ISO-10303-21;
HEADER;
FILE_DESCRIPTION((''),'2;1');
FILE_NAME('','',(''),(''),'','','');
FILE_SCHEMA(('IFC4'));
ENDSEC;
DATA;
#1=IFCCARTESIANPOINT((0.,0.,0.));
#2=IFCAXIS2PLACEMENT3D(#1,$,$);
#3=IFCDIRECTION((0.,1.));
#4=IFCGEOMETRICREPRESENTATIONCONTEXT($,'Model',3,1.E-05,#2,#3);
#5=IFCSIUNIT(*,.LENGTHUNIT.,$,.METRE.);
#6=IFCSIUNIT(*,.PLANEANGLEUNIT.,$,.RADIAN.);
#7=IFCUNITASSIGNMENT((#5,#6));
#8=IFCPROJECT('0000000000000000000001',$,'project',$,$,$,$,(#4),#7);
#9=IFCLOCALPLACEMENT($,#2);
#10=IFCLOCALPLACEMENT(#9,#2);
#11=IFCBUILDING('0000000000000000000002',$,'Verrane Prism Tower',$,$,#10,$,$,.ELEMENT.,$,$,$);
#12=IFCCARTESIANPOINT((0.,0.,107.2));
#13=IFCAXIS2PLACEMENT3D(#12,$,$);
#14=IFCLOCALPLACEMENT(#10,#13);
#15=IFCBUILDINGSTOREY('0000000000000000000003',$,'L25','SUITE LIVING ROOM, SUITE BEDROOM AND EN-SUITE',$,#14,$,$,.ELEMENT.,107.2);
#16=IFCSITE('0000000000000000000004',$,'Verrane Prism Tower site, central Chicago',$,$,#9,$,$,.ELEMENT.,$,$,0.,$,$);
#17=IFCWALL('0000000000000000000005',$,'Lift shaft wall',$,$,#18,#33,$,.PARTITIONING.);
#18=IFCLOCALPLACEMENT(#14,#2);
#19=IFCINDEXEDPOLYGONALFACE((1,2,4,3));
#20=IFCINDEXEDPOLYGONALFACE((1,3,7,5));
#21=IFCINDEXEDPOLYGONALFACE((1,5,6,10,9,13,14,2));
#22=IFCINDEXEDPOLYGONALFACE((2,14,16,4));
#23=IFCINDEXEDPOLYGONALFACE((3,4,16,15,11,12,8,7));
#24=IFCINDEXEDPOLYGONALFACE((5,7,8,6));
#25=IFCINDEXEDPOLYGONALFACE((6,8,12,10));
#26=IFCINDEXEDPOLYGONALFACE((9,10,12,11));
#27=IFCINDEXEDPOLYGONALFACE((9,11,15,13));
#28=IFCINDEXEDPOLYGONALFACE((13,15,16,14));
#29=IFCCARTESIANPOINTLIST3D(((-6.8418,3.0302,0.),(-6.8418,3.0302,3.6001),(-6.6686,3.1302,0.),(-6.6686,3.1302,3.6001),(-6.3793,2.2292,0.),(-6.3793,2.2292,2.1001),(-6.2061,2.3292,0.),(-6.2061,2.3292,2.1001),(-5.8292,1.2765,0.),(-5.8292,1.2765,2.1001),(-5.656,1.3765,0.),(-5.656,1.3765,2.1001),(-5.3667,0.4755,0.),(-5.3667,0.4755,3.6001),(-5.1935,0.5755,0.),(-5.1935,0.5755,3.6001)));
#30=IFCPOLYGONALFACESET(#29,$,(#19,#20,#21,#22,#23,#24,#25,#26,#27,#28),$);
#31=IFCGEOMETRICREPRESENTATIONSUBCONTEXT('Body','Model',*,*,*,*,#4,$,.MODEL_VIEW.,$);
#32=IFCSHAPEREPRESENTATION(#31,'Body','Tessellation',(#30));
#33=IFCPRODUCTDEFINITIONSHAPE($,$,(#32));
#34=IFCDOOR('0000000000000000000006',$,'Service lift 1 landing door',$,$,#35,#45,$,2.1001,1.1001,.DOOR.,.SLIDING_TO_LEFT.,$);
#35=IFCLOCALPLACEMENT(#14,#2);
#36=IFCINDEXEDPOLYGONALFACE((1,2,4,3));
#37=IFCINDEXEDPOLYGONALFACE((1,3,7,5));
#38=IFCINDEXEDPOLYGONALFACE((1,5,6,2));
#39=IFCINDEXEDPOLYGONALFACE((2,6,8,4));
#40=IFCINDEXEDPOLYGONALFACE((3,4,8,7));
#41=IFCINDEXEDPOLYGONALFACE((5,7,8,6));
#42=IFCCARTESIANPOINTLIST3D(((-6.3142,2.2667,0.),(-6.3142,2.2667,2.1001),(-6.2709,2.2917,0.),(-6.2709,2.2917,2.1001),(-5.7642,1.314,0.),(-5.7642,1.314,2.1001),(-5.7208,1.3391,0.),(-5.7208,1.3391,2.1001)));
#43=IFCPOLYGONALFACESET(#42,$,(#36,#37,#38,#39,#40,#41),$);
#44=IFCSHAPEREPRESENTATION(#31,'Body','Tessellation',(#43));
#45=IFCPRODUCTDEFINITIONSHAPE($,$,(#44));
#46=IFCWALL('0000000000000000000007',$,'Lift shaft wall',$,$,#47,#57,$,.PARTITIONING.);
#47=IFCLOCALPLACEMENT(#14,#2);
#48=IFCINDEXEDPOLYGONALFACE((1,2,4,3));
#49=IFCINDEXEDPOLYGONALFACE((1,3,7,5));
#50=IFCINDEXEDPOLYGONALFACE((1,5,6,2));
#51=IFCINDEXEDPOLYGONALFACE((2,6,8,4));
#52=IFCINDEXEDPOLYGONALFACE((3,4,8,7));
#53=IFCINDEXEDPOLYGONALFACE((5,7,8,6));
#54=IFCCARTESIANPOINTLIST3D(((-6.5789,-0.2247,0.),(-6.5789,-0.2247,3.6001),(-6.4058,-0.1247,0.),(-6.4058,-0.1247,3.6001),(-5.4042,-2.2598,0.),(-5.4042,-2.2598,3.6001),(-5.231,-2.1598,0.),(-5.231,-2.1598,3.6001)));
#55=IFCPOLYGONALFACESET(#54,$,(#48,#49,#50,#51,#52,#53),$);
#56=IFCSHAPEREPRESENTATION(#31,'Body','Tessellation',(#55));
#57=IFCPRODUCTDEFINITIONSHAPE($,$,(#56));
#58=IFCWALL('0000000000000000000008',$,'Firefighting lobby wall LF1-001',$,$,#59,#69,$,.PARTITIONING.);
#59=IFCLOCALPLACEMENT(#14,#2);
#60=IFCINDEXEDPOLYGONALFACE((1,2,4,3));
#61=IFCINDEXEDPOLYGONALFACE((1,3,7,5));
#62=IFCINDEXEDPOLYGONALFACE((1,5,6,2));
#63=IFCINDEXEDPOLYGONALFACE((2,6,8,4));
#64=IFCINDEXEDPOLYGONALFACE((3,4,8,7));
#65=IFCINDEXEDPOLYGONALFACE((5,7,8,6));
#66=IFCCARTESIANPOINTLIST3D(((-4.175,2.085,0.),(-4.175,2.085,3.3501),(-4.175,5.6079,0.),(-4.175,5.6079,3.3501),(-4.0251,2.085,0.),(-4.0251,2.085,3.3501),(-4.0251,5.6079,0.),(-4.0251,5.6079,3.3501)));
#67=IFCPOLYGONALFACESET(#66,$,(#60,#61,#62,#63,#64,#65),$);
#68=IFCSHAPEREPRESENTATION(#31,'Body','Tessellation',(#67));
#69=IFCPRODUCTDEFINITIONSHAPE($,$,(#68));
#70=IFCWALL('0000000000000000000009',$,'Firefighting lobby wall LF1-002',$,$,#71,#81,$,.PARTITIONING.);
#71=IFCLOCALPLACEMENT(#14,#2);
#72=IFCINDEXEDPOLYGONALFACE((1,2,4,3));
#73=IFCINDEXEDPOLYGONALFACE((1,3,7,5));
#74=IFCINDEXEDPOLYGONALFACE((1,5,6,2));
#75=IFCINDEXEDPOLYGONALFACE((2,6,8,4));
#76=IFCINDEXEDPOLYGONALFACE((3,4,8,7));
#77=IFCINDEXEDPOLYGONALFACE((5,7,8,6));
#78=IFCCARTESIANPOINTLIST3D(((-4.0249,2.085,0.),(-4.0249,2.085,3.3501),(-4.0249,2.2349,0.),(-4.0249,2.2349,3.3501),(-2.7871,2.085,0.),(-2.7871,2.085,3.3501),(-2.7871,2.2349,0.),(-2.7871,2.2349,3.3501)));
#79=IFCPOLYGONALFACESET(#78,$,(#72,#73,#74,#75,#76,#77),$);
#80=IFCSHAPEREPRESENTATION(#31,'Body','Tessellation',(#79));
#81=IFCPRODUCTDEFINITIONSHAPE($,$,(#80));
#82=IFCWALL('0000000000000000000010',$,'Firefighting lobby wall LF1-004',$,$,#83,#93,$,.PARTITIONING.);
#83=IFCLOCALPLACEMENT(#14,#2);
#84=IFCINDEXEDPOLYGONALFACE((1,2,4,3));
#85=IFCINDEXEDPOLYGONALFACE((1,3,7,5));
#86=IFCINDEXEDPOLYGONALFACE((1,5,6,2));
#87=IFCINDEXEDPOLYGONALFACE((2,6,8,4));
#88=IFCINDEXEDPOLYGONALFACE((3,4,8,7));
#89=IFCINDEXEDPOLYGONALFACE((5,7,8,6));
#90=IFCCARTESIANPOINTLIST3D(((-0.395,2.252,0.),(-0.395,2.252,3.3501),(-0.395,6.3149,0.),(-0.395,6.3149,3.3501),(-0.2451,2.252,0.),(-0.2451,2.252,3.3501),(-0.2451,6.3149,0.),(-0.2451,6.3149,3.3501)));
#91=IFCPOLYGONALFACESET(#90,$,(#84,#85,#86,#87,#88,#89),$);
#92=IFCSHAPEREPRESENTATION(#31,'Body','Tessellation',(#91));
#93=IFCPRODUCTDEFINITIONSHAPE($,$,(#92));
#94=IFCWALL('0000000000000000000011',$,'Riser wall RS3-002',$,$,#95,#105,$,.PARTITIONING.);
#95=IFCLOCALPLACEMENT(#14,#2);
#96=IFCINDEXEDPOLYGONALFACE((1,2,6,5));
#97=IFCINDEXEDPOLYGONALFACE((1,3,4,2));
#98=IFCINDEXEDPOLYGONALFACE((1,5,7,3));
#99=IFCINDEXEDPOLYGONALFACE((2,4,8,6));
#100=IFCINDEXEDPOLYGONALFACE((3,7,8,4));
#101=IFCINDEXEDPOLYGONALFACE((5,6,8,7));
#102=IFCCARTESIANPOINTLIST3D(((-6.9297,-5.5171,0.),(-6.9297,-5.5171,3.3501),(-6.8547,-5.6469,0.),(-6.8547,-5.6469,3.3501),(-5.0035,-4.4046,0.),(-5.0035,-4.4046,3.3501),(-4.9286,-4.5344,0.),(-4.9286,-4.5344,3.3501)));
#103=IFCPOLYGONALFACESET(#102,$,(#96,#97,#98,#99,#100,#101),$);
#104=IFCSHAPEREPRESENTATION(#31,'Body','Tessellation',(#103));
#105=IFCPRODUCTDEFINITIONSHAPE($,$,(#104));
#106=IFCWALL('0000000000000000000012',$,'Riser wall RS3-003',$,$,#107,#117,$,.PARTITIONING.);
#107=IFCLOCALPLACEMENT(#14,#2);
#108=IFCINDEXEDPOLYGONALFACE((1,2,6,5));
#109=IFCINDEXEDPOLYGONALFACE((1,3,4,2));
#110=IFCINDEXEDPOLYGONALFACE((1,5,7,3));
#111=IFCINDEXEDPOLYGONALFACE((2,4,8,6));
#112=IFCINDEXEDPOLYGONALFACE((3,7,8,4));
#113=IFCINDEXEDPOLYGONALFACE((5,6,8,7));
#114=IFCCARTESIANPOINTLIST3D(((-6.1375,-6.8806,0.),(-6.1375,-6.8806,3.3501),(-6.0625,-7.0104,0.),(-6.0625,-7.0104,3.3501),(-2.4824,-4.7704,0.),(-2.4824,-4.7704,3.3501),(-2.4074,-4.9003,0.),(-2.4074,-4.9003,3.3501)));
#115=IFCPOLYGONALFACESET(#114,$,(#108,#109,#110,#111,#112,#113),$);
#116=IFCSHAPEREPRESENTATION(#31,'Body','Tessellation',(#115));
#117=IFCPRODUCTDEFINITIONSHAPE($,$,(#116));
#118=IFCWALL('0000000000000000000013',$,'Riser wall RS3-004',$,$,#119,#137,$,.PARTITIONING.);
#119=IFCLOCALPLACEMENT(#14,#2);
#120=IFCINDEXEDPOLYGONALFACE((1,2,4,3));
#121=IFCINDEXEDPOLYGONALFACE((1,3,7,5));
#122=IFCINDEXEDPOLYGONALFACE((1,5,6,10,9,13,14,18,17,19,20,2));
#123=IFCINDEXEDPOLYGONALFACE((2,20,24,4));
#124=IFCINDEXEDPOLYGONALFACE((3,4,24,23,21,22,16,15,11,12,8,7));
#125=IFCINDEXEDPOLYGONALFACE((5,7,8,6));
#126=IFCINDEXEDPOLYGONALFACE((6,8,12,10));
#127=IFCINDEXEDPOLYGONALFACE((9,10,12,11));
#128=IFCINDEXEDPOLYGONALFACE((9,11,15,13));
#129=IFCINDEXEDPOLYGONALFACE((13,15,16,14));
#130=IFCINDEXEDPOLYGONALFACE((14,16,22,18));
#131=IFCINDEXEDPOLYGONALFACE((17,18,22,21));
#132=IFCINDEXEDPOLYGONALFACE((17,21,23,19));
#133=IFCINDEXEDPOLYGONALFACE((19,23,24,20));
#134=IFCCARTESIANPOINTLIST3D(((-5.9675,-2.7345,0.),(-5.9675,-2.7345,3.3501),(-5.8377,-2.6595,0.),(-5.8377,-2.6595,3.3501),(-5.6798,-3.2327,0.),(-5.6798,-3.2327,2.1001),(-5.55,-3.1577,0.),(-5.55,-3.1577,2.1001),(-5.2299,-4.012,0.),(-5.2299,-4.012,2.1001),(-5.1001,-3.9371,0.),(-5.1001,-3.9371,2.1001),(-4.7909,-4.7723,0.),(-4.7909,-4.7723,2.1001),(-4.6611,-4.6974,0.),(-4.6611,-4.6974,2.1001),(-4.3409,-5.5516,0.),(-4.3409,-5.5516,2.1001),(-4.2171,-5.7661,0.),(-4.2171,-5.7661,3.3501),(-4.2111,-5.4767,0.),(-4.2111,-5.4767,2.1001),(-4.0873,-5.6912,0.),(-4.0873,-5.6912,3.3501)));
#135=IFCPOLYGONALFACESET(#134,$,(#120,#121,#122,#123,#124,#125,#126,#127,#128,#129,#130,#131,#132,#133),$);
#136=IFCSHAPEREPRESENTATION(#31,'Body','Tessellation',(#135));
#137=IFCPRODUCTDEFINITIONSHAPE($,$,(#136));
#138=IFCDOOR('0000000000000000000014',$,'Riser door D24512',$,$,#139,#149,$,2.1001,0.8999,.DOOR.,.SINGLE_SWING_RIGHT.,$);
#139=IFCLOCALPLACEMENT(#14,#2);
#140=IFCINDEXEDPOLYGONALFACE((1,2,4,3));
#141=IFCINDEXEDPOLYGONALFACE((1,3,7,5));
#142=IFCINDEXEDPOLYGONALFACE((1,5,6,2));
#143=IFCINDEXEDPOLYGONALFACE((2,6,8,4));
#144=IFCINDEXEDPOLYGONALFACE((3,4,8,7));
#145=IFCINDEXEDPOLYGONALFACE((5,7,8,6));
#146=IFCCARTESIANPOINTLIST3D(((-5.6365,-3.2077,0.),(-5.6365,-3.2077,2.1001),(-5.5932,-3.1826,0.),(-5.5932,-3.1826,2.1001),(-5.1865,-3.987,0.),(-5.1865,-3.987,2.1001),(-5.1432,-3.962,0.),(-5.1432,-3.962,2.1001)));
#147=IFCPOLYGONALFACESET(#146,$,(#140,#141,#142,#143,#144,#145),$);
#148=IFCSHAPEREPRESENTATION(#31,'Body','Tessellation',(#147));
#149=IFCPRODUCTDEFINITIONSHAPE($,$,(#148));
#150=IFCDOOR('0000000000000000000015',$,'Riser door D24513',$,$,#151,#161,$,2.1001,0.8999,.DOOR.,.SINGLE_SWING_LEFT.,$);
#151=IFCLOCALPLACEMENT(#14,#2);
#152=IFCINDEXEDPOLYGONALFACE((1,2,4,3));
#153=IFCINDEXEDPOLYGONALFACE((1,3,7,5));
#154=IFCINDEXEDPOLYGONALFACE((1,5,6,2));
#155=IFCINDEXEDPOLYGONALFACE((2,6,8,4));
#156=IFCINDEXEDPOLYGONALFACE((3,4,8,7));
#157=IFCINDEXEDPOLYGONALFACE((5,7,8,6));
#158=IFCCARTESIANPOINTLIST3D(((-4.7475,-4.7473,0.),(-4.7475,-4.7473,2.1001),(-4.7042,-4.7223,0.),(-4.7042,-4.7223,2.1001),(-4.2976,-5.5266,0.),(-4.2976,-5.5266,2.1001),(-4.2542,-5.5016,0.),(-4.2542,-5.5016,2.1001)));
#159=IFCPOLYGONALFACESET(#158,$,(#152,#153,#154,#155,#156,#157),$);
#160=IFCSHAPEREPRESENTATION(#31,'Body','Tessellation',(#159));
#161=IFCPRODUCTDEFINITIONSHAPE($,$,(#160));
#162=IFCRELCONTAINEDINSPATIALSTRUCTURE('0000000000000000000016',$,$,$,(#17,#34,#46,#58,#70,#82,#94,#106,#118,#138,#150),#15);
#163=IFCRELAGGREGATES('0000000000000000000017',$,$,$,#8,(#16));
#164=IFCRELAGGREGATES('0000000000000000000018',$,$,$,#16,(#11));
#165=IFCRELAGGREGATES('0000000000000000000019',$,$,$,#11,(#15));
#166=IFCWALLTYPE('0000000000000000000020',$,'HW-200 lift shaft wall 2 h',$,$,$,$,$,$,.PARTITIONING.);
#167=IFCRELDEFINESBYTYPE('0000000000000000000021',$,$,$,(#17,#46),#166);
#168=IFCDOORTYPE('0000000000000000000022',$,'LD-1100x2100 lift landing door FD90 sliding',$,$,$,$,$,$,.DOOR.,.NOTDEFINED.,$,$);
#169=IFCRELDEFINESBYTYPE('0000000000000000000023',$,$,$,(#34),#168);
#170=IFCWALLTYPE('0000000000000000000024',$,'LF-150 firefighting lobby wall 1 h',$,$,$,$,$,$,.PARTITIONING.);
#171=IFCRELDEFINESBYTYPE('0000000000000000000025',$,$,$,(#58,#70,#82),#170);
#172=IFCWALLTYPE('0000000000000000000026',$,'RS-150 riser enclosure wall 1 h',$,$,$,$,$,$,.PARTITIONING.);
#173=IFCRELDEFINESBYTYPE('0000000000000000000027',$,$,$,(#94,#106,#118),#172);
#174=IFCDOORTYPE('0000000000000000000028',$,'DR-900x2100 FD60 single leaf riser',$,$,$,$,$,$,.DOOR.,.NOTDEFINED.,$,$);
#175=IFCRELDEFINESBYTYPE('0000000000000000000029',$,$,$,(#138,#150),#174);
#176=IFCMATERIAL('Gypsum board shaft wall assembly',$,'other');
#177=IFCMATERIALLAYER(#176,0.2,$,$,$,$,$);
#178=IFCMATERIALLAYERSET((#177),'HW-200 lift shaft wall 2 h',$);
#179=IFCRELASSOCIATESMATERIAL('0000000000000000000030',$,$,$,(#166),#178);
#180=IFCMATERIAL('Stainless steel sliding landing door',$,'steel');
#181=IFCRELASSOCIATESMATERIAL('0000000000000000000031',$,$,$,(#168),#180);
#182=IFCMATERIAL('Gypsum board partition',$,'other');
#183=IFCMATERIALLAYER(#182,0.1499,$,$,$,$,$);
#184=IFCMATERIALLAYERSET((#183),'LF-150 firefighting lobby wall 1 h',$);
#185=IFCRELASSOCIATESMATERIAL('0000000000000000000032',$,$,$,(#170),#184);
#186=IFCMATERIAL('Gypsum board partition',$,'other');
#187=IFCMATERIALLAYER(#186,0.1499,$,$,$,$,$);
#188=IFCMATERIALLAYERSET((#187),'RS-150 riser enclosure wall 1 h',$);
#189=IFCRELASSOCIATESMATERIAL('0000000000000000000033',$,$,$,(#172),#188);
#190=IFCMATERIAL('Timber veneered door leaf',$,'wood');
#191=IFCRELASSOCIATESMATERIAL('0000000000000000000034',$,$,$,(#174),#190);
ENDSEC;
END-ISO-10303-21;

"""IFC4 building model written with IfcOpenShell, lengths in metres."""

from ifc_helpers import new_model, si_unit, direction, frame, frame_2d, origin, place, context, subcontext, project, spatial, rectangle, extrude, material, layer, layer_set, type_object, element, fill, save


model = new_model("IFC4")

# Units and contexts
model_context = context("Model", 3, precision=1e-05, world=origin(), true_north=direction((0.0, 1.0)))
body_context = subcontext(model_context, "Body", "Model", "MODEL_VIEW")
ifc_project = project(units=[si_unit("LENGTHUNIT", "METRE"), si_unit("PLANEANGLEUNIT", "RADIAN")], contexts=[model_context])

# Site, building, storey
site_placement = place(None, origin())
site = spatial("IfcSite", under=ifc_project, at=site_placement, Name="Verrane Prism Tower site, central Chicago", CompositionType="ELEMENT", RefElevation=0.0)
building_placement = place(site_placement, origin())
building = spatial("IfcBuilding", under=site, at=building_placement, Name="Verrane Prism Tower", CompositionType="ELEMENT")
storey_placement = place(building_placement, frame((0.0, 0.0, 107.2)))
storey = spatial("IfcBuildingStorey", under=building, at=storey_placement, Name="L25", Description="SUITE LIVING ROOM, SUITE BEDROOM AND EN-SUITE", CompositionType="ELEMENT", Elevation=107.2)

# Shared definitions
ifc_material_1 = material(Name="Gypsum board shaft wall assembly", Category="other")
ifc_layer_1 = layer(ifc_material_1, 0.2)
ifc_layer_set_1 = layer_set([ifc_layer_1], Name="HW-200 lift shaft wall 2 h")
wall_type_1 = type_object("IfcWallType", Name="HW-200 lift shaft wall 2 h", PredefinedType="PARTITIONING", material=ifc_layer_set_1)
ifc_material_2 = material(Name="Stainless steel sliding landing door", Category="steel")
door_type_1 = type_object("IfcDoorType", Name="LD-1100x2100 lift landing door FD90 sliding", OperationType="NOTDEFINED", PredefinedType="DOOR", material=ifc_material_2)

# Wall, opening, door
wall_1_placement = place(storey_placement, frame((-5.28, 0.5254, 0.0), z_axis=(0.0, 0.0, 1.0), x_axis=(-0.500038, 0.866004, 0.0)))
wall_1 = element("IfcWall", 1, at=wall_1_placement, inside=storey, type_object=wall_type_1, Name="Lift shaft wall", PredefinedType="PARTITIONING", context=body_context, shape_type="SweptSolid", body=[
    extrude(rectangle(XDim=2.95, YDim=0.2, at=frame_2d((1.4751, 0.0))), origin(), (0.0, 0.0, 1.0), 3.6001),
])
opening_1_placement = place(wall_1_placement, frame((0.925, 0.0, 0.0)))
opening_1 = element("IfcOpeningElement", 2, at=opening_1_placement, cuts=wall_1, PredefinedType="OPENING", context=body_context, shape_type="SweptSolid", body=[
    extrude(rectangle(XDim=1.1001, YDim=2.1001, at=frame_2d((0.55, 1.05))), frame((0.0, 0.1099, 0.0), z_axis=(0.0, -1.0, 0.0), x_axis=(1.0, 0.0, 0.0)), (0.0, 0.0, 1.0), 0.22),
])
door_1_placement = place(opening_1_placement, origin())
door_1 = element("IfcDoor", 3, at=door_1_placement, inside=storey, type_object=door_type_1, Name="Service lift 1 landing door", OperationType="SLIDING_TO_LEFT", OverallHeight=2.1001, OverallWidth=1.1001, PredefinedType="DOOR", context=body_context, shape_type="SweptSolid", body=[
    extrude(rectangle(XDim=1.1001, YDim=2.1001, at=frame_2d((0.55, 1.05))), frame((0.0, 0.0249, 0.0), z_axis=(0.0, -1.0, 0.0), x_axis=(1.0, 0.0, 0.0)), (0.0, 0.0, 1.0), 0.05),
])
fill(opening_1, door_1)

# Walls
wall_2_placement = place(storey_placement, frame((-5.3176, -2.2097, 0.0), z_axis=(0.0, 0.0, 1.0), x_axis=(-0.499938, 0.866061, 0.0)))
element("IfcWall", 4, at=wall_2_placement, inside=storey, type_object=wall_type_1, Name="Lift shaft wall", PredefinedType="PARTITIONING", context=body_context, shape_type="SweptSolid", body=[
    extrude(rectangle(XDim=2.3499, YDim=0.2, at=frame_2d((1.1748, 0.0))), origin(), (0.0, 0.0, 1.0), 3.6001),
])
ifc_material_3 = material(Name="Gypsum board partition", Category="other")
ifc_layer_2 = layer(ifc_material_3, 0.1499)
ifc_layer_set_2 = layer_set([ifc_layer_2], Name="LF-150 firefighting lobby wall 1 h")
wall_type_2 = type_object("IfcWallType", Name="LF-150 firefighting lobby wall 1 h", PredefinedType="PARTITIONING", material=ifc_layer_set_2)
wall_3_placement = place(storey_placement, frame((-4.1001, 2.085, 0.0), z_axis=(0.0, 0.0, 1.0), x_axis=(0.0, 1.0, 0.0)))
element("IfcWall", 5, at=wall_3_placement, inside=storey, type_object=wall_type_2, Name="Firefighting lobby wall LF1-001", PredefinedType="PARTITIONING", context=body_context, shape_type="SweptSolid", body=[
    extrude(rectangle(XDim=3.5229, YDim=0.1499, at=frame_2d((1.7615, 0.0))), origin(), (0.0, 0.0, 1.0), 3.3501),
])
wall_4_placement = place(storey_placement, frame((-4.0249, 2.1599, 0.0), z_axis=(0.0, 0.0, 1.0), x_axis=(1.0, 0.0, 0.0)))
element("IfcWall", 6, at=wall_4_placement, inside=storey, type_object=wall_type_2, Name="Firefighting lobby wall LF1-002", PredefinedType="PARTITIONING", context=body_context, shape_type="SweptSolid", body=[
    extrude(rectangle(XDim=1.2378, YDim=0.1499, at=frame_2d((0.6189, 0.0))), origin(), (0.0, 0.0, 1.0), 3.3501),
])
wall_5_placement = place(storey_placement, frame((-0.3201, 2.252, 0.0), z_axis=(0.0, 0.0, 1.0), x_axis=(0.0, 1.0, 0.0)))
element("IfcWall", 7, at=wall_5_placement, inside=storey, type_object=wall_type_2, Name="Firefighting lobby wall LF1-004", PredefinedType="PARTITIONING", context=body_context, shape_type="SweptSolid", body=[
    extrude(rectangle(XDim=4.063, YDim=0.1499, at=frame_2d((2.0315, 0.0))), origin(), (0.0, 0.0, 1.0), 3.3501),
])
ifc_material_4 = material(Name="Gypsum board partition", Category="other")
ifc_layer_3 = layer(ifc_material_4, 0.1499)
ifc_layer_set_3 = layer_set([ifc_layer_3], Name="RS-150 riser enclosure wall 1 h")
wall_type_3 = type_object("IfcWallType", Name="RS-150 riser enclosure wall 1 h", PredefinedType="PARTITIONING", material=ifc_layer_set_3)
wall_6_placement = place(storey_placement, frame((-6.8923, -5.582, 0.0), z_axis=(0.0, 0.0, 1.0), x_axis=(0.865944, 0.50014, 0.0)))
element("IfcWall", 8, at=wall_6_placement, inside=storey, type_object=wall_type_3, Name="Riser wall RS3-002", PredefinedType="PARTITIONING", context=body_context, shape_type="SweptSolid", body=[
    extrude(rectangle(XDim=2.2244, YDim=0.1499, at=frame_2d((1.1123, 0.0))), origin(), (0.0, 0.0, 1.0), 3.3501),
])
wall_7_placement = place(storey_placement, frame((-6.1001, -6.9456, 0.0), z_axis=(0.0, 0.0, 1.0), x_axis=(0.866038, 0.499978, 0.0)))
element("IfcWall", 9, at=wall_7_placement, inside=storey, type_object=wall_type_3, Name="Riser wall RS3-003", PredefinedType="PARTITIONING", context=body_context, shape_type="SweptSolid", body=[
    extrude(rectangle(XDim=4.2205, YDim=0.1499, at=frame_2d((2.1104, 0.0))), origin(), (0.0, 0.0, 1.0), 3.3501),
])

# Wall, openings, doors
wall_8_placement = place(storey_placement, frame((-4.1521, -5.7288, 0.0), z_axis=(0.0, 0.0, 1.0), x_axis=(-0.500024, 0.866011, 0.0)))
wall_8 = element("IfcWall", 10, at=wall_8_placement, inside=storey, type_object=wall_type_3, Name="Riser wall RS3-004", PredefinedType="PARTITIONING", context=body_context, shape_type="SweptSolid", body=[
    extrude(rectangle(XDim=3.5007, YDim=0.1499, at=frame_2d((1.7505, 0.0))), origin(), (0.0, 0.0, 1.0), 3.3501),
])
opening_2_placement = place(wall_8_placement, frame((2.0256, 0.0, 0.0)))
opening_2 = element("IfcOpeningElement", 11, at=opening_2_placement, cuts=wall_8, PredefinedType="OPENING", context=body_context, shape_type="SweptSolid", body=[
    extrude(rectangle(XDim=0.8999, YDim=2.1001, at=frame_2d((0.45, 1.05))), frame((0.0, 0.085, 0.0), z_axis=(0.0, -1.0, 0.0), x_axis=(1.0, 0.0, 0.0)), (0.0, 0.0, 1.0), 0.1699),
])
opening_3_placement = place(wall_8_placement, frame((0.2478, 0.0, 0.0)))
opening_3 = element("IfcOpeningElement", 12, at=opening_3_placement, cuts=wall_8, PredefinedType="OPENING", context=body_context, shape_type="SweptSolid", body=[
    extrude(rectangle(XDim=0.8999, YDim=2.1001, at=frame_2d((0.45, 1.05))), frame((0.0, 0.085, 0.0), z_axis=(0.0, -1.0, 0.0), x_axis=(1.0, 0.0, 0.0)), (0.0, 0.0, 1.0), 0.1699),
])
ifc_material_5 = material(Name="Timber veneered door leaf", Category="wood")
door_type_2 = type_object("IfcDoorType", Name="DR-900x2100 FD60 single leaf riser", OperationType="NOTDEFINED", PredefinedType="DOOR", material=ifc_material_5)
door_2_placement = place(opening_2_placement, origin())
door_2 = element("IfcDoor", 13, at=door_2_placement, inside=storey, type_object=door_type_2, Name="Riser door D24512", OperationType="SINGLE_SWING_RIGHT", OverallHeight=2.1001, OverallWidth=0.8999, PredefinedType="DOOR", context=body_context, shape_type="SweptSolid", body=[
    extrude(rectangle(XDim=0.8999, YDim=2.1001, at=frame_2d((0.45, 1.05))), frame((0.0, 0.0249, 0.0), z_axis=(0.0, -1.0, 0.0), x_axis=(1.0, 0.0, 0.0)), (0.0, 0.0, 1.0), 0.05),
])
fill(opening_2, door_2)
door_3_placement = place(opening_3_placement, origin())
door_3 = element("IfcDoor", 14, at=door_3_placement, inside=storey, type_object=door_type_2, Name="Riser door D24513", OperationType="SINGLE_SWING_LEFT", OverallHeight=2.1001, OverallWidth=0.8999, PredefinedType="DOOR", context=body_context, shape_type="SweptSolid", body=[
    extrude(rectangle(XDim=0.8999, YDim=2.1001, at=frame_2d((0.45, 1.05))), frame((0.0, 0.0249, 0.0), z_axis=(0.0, -1.0, 0.0), x_axis=(1.0, 0.0, 0.0)), (0.0, 0.0, 1.0), 0.05),
])
fill(opening_3, door_3)

save(model, "model.ifc")
